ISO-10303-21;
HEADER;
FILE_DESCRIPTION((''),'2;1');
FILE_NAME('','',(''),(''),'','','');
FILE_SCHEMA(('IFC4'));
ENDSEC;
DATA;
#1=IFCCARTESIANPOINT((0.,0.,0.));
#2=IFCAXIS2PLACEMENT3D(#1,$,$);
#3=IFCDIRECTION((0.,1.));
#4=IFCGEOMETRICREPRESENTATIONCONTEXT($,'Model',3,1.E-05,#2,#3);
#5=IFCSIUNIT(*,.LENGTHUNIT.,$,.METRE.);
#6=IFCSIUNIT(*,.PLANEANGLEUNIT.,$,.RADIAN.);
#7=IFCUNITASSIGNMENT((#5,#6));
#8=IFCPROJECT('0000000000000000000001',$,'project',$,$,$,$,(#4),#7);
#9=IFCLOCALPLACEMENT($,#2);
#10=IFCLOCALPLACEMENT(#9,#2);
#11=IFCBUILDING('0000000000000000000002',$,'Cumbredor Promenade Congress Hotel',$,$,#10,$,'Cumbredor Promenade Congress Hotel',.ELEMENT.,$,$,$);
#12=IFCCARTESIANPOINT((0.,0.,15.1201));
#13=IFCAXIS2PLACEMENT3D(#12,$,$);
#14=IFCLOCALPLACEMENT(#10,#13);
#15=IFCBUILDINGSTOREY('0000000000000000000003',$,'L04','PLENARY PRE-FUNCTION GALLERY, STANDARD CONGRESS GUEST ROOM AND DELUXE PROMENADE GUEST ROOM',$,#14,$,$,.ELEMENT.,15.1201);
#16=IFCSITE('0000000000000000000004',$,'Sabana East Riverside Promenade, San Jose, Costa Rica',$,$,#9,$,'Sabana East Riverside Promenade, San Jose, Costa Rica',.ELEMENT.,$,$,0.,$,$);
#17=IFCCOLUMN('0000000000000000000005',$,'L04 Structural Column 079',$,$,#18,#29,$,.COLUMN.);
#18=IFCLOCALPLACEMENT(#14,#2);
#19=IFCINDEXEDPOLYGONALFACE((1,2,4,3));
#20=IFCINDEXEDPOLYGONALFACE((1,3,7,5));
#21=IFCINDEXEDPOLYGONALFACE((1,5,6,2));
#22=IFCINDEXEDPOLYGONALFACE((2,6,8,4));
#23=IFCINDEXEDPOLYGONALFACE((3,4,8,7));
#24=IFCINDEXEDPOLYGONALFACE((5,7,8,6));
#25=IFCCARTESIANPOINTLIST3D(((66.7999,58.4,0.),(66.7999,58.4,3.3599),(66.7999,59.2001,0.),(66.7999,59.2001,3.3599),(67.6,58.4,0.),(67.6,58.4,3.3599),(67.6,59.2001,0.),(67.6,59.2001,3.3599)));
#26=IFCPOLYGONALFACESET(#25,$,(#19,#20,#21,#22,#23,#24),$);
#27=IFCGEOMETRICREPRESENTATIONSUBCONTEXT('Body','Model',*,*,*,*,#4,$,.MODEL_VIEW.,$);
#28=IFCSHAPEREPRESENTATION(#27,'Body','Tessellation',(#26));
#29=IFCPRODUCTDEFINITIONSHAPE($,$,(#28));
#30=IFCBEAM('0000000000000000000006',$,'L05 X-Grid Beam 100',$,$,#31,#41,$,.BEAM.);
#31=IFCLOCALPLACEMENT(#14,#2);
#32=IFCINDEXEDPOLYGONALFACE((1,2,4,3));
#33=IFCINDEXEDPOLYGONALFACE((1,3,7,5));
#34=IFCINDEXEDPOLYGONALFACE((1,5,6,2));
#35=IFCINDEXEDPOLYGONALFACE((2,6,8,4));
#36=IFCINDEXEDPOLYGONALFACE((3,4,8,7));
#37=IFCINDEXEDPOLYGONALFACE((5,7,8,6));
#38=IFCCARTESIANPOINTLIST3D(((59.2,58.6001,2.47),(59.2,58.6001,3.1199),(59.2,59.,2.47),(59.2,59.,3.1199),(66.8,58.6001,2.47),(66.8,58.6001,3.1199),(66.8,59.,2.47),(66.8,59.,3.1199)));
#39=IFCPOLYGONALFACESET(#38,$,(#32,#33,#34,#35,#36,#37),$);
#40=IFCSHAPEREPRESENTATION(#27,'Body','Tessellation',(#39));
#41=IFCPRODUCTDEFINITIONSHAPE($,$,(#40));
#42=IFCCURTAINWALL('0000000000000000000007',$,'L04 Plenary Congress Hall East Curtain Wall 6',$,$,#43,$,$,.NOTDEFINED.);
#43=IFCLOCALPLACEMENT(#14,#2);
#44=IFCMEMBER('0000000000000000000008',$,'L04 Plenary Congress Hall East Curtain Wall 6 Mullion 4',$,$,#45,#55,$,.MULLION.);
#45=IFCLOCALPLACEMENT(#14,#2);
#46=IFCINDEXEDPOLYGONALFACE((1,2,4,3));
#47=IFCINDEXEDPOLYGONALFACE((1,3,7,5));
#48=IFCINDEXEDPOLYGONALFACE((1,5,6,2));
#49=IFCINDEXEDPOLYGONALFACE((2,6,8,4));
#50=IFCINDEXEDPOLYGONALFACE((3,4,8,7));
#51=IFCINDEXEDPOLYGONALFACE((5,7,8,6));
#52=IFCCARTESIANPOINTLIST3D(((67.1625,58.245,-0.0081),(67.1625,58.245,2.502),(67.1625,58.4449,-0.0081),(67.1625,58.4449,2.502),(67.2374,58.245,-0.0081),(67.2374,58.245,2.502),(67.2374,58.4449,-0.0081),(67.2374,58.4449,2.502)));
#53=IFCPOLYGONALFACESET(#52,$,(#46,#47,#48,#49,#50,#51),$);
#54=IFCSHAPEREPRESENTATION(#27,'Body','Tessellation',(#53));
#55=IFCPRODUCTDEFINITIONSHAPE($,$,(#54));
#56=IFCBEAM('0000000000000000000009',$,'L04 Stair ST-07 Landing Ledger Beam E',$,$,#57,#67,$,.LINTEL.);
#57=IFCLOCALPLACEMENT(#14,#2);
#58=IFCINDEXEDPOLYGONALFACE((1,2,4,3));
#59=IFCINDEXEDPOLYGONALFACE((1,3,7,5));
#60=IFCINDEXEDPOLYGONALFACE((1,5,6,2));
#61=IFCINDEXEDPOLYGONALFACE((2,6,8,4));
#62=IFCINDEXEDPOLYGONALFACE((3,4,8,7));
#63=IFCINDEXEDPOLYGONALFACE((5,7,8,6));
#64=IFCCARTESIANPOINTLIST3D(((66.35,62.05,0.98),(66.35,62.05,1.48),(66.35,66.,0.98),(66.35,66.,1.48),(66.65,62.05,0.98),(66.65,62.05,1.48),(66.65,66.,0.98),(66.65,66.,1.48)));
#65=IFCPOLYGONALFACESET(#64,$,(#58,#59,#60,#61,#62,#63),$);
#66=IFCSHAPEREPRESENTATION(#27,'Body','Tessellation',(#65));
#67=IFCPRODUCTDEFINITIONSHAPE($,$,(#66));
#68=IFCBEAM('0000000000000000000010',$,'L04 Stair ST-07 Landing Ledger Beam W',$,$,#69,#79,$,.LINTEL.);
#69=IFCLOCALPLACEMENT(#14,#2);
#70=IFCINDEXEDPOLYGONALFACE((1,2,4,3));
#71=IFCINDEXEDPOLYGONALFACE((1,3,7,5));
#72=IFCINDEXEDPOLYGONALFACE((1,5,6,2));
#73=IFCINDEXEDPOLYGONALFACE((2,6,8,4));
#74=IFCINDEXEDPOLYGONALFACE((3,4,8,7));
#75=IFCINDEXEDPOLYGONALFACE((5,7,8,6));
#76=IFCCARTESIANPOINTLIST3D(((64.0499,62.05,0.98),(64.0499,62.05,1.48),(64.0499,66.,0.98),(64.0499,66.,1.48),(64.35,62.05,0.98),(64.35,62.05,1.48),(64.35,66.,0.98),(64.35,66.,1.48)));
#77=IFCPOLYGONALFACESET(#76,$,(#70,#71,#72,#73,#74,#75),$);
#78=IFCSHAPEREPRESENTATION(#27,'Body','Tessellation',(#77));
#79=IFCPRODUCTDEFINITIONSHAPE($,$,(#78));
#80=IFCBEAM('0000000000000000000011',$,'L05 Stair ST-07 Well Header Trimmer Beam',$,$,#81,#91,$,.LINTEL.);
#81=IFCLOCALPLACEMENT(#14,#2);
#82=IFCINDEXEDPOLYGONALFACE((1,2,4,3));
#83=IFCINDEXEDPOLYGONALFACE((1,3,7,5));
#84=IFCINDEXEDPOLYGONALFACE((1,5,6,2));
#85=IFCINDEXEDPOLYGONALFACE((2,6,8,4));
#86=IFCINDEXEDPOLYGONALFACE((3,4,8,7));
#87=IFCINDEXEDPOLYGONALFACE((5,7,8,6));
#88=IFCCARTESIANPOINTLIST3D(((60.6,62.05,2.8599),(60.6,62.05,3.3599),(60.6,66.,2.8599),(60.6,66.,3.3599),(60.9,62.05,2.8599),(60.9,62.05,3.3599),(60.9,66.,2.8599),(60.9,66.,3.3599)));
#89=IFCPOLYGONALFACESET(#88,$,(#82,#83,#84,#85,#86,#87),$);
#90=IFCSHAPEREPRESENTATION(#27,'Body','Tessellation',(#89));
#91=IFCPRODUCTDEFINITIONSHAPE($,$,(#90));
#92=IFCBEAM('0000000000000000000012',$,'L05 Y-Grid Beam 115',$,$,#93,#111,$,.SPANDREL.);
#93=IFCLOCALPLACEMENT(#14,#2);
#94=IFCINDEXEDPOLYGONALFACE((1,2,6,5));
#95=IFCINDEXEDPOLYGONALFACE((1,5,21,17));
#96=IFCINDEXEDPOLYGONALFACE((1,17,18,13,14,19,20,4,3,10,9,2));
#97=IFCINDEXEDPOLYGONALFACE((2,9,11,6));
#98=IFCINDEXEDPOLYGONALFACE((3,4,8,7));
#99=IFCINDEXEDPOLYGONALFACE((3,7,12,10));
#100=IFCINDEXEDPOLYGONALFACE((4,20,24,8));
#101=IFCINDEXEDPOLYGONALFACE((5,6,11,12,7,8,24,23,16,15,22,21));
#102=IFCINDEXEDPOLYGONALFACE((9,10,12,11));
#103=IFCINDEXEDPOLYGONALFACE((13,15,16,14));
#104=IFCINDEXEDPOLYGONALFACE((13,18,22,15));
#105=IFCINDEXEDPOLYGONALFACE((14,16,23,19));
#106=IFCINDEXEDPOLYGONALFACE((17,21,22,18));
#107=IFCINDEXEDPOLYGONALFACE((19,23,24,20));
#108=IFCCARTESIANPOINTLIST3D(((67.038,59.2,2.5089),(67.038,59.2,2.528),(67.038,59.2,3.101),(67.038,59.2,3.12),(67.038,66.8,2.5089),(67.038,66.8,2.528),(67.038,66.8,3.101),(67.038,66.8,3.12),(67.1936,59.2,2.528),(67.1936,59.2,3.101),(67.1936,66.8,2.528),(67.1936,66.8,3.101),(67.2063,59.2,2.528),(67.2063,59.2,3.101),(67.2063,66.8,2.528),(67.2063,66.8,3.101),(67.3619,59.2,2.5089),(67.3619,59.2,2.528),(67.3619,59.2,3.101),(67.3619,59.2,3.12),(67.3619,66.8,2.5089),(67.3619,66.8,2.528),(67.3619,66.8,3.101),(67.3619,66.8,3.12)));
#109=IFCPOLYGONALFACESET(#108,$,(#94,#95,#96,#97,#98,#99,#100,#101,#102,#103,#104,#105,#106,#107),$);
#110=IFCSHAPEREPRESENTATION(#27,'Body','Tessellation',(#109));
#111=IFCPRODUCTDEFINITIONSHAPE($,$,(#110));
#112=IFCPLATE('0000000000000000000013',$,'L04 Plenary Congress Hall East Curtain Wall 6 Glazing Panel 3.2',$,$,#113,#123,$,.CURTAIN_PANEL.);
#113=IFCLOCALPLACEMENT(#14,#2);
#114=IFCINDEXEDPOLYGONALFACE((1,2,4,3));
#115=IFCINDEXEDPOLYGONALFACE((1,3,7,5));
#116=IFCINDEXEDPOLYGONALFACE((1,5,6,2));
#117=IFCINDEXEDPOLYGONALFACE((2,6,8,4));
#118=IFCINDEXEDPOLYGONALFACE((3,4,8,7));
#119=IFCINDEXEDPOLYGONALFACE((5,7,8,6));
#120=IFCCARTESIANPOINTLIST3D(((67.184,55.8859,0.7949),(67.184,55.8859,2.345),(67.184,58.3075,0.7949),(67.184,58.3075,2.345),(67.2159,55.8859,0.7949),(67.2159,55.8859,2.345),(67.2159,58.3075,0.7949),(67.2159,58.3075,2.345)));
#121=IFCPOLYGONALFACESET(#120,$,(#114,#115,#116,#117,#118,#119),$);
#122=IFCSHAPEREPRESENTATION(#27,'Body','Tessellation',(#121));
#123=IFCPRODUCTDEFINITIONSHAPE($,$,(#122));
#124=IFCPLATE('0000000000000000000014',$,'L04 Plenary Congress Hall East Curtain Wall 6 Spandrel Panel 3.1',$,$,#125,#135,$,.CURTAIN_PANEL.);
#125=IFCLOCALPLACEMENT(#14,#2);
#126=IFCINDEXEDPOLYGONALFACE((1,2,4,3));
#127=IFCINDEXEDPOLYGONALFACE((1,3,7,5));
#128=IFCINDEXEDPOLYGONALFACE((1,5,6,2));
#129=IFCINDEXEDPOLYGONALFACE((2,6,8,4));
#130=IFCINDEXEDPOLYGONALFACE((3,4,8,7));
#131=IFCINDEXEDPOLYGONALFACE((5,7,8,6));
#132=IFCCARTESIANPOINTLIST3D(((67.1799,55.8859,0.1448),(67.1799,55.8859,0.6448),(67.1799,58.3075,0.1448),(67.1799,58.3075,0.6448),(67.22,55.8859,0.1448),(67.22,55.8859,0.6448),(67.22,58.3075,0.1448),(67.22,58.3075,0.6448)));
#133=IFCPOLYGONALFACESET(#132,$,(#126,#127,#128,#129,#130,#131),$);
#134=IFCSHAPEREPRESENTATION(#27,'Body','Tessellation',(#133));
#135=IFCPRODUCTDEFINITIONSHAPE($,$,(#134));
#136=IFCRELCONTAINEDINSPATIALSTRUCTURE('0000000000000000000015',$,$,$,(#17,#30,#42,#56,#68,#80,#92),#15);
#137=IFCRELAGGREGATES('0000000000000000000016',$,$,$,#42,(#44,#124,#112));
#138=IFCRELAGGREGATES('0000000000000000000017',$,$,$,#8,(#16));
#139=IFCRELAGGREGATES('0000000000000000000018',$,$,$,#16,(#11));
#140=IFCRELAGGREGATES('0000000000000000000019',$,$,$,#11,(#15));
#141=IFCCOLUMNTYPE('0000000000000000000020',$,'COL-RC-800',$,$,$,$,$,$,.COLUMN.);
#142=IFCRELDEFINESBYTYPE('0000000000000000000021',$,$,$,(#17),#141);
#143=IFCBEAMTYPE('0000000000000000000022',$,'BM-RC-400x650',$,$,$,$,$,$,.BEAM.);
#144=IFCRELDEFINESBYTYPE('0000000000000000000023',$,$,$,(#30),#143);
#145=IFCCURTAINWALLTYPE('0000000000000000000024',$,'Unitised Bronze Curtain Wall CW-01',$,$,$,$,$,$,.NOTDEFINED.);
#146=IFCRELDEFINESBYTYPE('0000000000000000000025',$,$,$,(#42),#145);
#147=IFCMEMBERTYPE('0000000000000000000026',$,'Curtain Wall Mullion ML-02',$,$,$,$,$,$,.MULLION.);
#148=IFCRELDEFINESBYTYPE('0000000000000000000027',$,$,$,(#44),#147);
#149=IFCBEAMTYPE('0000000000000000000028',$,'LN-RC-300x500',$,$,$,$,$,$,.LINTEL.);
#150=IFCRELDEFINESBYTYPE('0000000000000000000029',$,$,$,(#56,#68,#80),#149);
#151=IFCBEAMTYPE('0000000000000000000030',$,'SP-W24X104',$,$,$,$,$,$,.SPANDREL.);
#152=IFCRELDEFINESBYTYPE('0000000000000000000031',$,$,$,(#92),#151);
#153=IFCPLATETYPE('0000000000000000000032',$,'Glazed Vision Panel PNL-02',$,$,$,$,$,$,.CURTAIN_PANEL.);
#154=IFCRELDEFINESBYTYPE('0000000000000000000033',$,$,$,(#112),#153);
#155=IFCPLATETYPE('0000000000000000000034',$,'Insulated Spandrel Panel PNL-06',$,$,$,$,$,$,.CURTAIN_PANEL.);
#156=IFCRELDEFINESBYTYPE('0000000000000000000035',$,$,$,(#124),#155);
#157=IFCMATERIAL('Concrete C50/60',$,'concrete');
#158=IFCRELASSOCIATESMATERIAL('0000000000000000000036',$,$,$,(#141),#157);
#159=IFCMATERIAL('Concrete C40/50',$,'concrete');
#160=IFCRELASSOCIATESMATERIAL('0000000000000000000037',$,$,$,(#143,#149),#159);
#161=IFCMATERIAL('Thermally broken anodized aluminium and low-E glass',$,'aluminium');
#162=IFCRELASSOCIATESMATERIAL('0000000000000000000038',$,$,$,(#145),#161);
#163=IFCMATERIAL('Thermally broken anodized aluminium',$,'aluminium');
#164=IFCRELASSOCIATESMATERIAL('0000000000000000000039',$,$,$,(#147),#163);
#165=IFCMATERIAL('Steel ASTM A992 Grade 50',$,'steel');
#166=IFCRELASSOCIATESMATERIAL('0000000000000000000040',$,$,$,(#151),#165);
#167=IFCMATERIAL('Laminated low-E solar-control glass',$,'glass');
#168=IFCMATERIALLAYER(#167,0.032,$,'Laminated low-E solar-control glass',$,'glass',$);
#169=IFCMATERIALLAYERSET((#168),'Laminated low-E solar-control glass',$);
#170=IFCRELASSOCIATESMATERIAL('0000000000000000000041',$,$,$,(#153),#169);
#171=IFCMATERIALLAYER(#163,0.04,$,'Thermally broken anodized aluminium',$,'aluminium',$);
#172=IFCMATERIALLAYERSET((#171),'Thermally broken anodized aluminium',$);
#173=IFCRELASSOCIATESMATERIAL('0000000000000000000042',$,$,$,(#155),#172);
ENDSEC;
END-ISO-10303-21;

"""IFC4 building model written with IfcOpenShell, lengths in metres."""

from ifc_helpers import new_model, si_unit, direction, frame, origin, origin_2d, place, context, subcontext, project, spatial, rectangle, i_section, extrude, material, layer, layer_set, material_profile, profile_set, type_object, element, aggregate, save


model = new_model("IFC4")

# Units and contexts
model_context = context("Model", 3, precision=1e-05, world=origin(), true_north=direction((0.0, 1.0)))
body_context = subcontext(model_context, "Body", "Model", "MODEL_VIEW")
ifc_project = project(units=[si_unit("LENGTHUNIT", "METRE"), si_unit("PLANEANGLEUNIT", "RADIAN")], contexts=[model_context])

# Site, building, storey
site_placement = place(None, origin())
site = spatial("IfcSite", under=ifc_project, at=site_placement, Name="Sabana East Riverside Promenade, San Jose, Costa Rica", LongName="Sabana East Riverside Promenade, San Jose, Costa Rica", CompositionType="ELEMENT", RefElevation=0.0)
building_placement = place(site_placement, origin())
building = spatial("IfcBuilding", under=site, at=building_placement, Name="Cumbredor Promenade Congress Hotel", LongName="Cumbredor Promenade Congress Hotel", CompositionType="ELEMENT")
storey_placement = place(building_placement, frame((0.0, 0.0, 15.1201)))
storey = spatial("IfcBuildingStorey", under=building, at=storey_placement, Name="L04", Description="PLENARY PRE-FUNCTION GALLERY, STANDARD CONGRESS GUEST ROOM AND DELUXE PROMENADE GUEST ROOM", CompositionType="ELEMENT", Elevation=15.1201)

# Column
ifc_material_1 = material(Name="Concrete C50/60", Category="concrete")
ifc_material_profile_1 = material_profile(ifc_material_1, rectangle(XDim=0.8, YDim=0.8, at=origin_2d()), Name="RC 800x800")
ifc_profile_set_1 = profile_set([ifc_material_profile_1], Name="Concrete C50/60")
column_type = type_object("IfcColumnType", Name="COL-RC-800", PredefinedType="COLUMN", material=ifc_profile_set_1)
column_placement = place(storey_placement, frame((67.2, 58.8, 0.0), z_axis=(0.0, 0.0, 1.0), x_axis=(1.0, 0.0, 0.0)))
element("IfcColumn", 1, at=column_placement, inside=storey, type_object=column_type, Name="L04 Structural Column 079", PredefinedType="COLUMN", context=body_context, shape_type="SweptSolid", body=[
    extrude(rectangle(XDim=0.8, YDim=0.8, at=origin_2d()), origin(), (0.0, 0.0, 1.0), 3.3599),
])

# Beam
ifc_material_2 = material(Name="Concrete C40/50", Category="concrete")
ifc_material_profile_2 = material_profile(ifc_material_2, rectangle(XDim=0.3999, YDim=0.6499, at=origin_2d()), Name="RC BEAM 400x650")
ifc_profile_set_2 = profile_set([ifc_material_profile_2], Name="Concrete C40/50")
beam_type_1 = type_object("IfcBeamType", Name="BM-RC-400x650", PredefinedType="BEAM", material=ifc_profile_set_2)
beam_1_placement = place(storey_placement, frame((59.2, 58.8, 2.7949), z_axis=(1.0, 0.0, 0.0), x_axis=(0.0, 1.0, 0.0)))
element("IfcBeam", 2, at=beam_1_placement, inside=storey, type_object=beam_type_1, Name="L05 X-Grid Beam 100", PredefinedType="BEAM", context=body_context, shape_type="SweptSolid", body=[
    extrude(rectangle(XDim=0.3999, YDim=0.6499, at=origin_2d()), origin(), (0.0, 0.0, 1.0), 7.6001),
])

# Curtain wall, member
ifc_material_3 = material(Name="Thermally broken anodized aluminium and low-E glass", Category="aluminium")
curtain_wall_type = type_object("IfcCurtainWallType", Name="Unitised Bronze Curtain Wall CW-01", PredefinedType="NOTDEFINED", material=ifc_material_3)
curtain_wall_placement = place(storey_placement, origin())
curtain_wall = element("IfcCurtainWall", 3, at=curtain_wall_placement, inside=storey, type_object=curtain_wall_type, Name="L04 Plenary Congress Hall East Curtain Wall 6", PredefinedType="NOTDEFINED")
ifc_material_4 = material(Name="Thermally broken anodized aluminium", Category="aluminium")
ifc_material_profile_3 = material_profile(ifc_material_4, rectangle(XDim=0.075, YDim=0.2, at=origin_2d()), Name="ALU MULLION 75x200")
ifc_profile_set_3 = profile_set([ifc_material_profile_3], Name="Thermally broken anodized aluminium")
member_type = type_object("IfcMemberType", Name="Curtain Wall Mullion ML-02", PredefinedType="MULLION", material=ifc_profile_set_3)
member_placement = place(storey_placement, frame((67.2, 58.345, -0.0081), z_axis=(0.0, 0.0, 1.0), x_axis=(1.0, 0.0, 0.0)))
member = element("IfcMember", 4, at=member_placement, type_object=member_type, Name="L04 Plenary Congress Hall East Curtain Wall 6 Mullion 4", PredefinedType="MULLION", context=body_context, shape_type="SweptSolid", body=[
    extrude(rectangle(XDim=0.075, YDim=0.2, at=origin_2d()), origin(), (0.0, 0.0, 1.0), 2.51),
])

# Beams
ifc_material_profile_4 = material_profile(ifc_material_2, rectangle(XDim=0.3, YDim=0.5, at=origin_2d()), Name="RC LINTEL 300x500")
ifc_profile_set_4 = profile_set([ifc_material_profile_4], Name="Concrete C40/50")
beam_type_2 = type_object("IfcBeamType", Name="LN-RC-300x500", PredefinedType="LINTEL", material=ifc_profile_set_4)
for number, where, z_axis, x_axis, name in (
    (5, (66.5, 62.05, 1.23), (0.0, 1.0, 0.0), (-1.0, 0.0, 0.0), "L04 Stair ST-07 Landing Ledger Beam E"),
    (6, (64.2, 62.05, 1.23), (0.0, 1.0, 0.0), (-1.0, 0.0, 0.0), "L04 Stair ST-07 Landing Ledger Beam W"),
    (7, (60.75, 62.05, 3.1099), (0.0, 1.0, 0.0), (-1.0, 0.0, 0.0), "L05 Stair ST-07 Well Header Trimmer Beam"),
):
    element("IfcBeam", number, at=place(storey_placement, frame(where, z_axis=z_axis, x_axis=x_axis)), inside=storey, type_object=beam_type_2, Name=name, PredefinedType="LINTEL", context=body_context, shape_type="SweptSolid", body=[
        extrude(rectangle(XDim=0.3, YDim=0.5, at=origin_2d()), origin(), (0.0, 0.0, 1.0), 3.95),
    ])
ifc_material_5 = material(Name="Steel ASTM A992 Grade 50", Category="steel")
ifc_material_profile_5 = material_profile(ifc_material_5, i_section(OverallWidth=0.324, OverallDepth=0.6111, WebThickness=0.0127, FlangeThickness=0.019, at=origin_2d()), Name="W24X104")
ifc_profile_set_5 = profile_set([ifc_material_profile_5], Name="Steel ASTM A992 Grade 50")
beam_type_3 = type_object("IfcBeamType", Name="SP-W24X104", PredefinedType="SPANDREL", material=ifc_profile_set_5)
beam_2_placement = place(storey_placement, frame((67.2, 59.2, 2.8145), z_axis=(0.0, 1.0, 0.0), x_axis=(-1.0, 0.0, 0.0)))
element("IfcBeam", 8, at=beam_2_placement, inside=storey, type_object=beam_type_3, Name="L05 Y-Grid Beam 115", PredefinedType="SPANDREL", context=body_context, shape_type="SweptSolid", body=[
    extrude(i_section(OverallWidth=0.324, OverallDepth=0.6111, WebThickness=0.0127, FlangeThickness=0.019, at=origin_2d()), origin(), (0.0, 0.0, 1.0), 7.6001),
])

# Plates
ifc_material_6 = material(Name="Laminated low-E solar-control glass", Category="glass")
ifc_layer_1 = layer(ifc_material_6, 0.032, Name="Laminated low-E solar-control glass", Category="glass")
ifc_layer_set_1 = layer_set([ifc_layer_1], Name="Laminated low-E solar-control glass")
plate_type_1 = type_object("IfcPlateType", Name="Glazed Vision Panel PNL-02", PredefinedType="CURTAIN_PANEL", material=ifc_layer_set_1)
plate_1_placement = place(storey_placement, frame((67.2, 57.0967, 0.7949), z_axis=(0.0, 0.0, 1.0), x_axis=(0.0, 1.0, 0.0)))
plate_1 = element("IfcPlate", 9, at=plate_1_placement, type_object=plate_type_1, Name="L04 Plenary Congress Hall East Curtain Wall 6 Glazing Panel 3.2", PredefinedType="CURTAIN_PANEL", context=body_context, shape_type="SweptSolid", body=[
    extrude(rectangle(XDim=2.4216, YDim=0.032, at=origin_2d()), origin(), (0.0, 0.0, 1.0), 1.55),
])
ifc_layer_2 = layer(ifc_material_4, 0.04, Name="Thermally broken anodized aluminium", Category="aluminium")
ifc_layer_set_2 = layer_set([ifc_layer_2], Name="Thermally broken anodized aluminium")
plate_type_2 = type_object("IfcPlateType", Name="Insulated Spandrel Panel PNL-06", PredefinedType="CURTAIN_PANEL", material=ifc_layer_set_2)
plate_2_placement = place(storey_placement, frame((67.2, 57.0967, 0.1448), z_axis=(0.0, 0.0, 1.0), x_axis=(0.0, 1.0, 0.0)))
plate_2 = element("IfcPlate", 10, at=plate_2_placement, type_object=plate_type_2, Name="L04 Plenary Congress Hall East Curtain Wall 6 Spandrel Panel 3.1", PredefinedType="CURTAIN_PANEL", context=body_context, shape_type="SweptSolid", body=[
    extrude(rectangle(XDim=2.4216, YDim=0.04, at=origin_2d()), origin(), (0.0, 0.0, 1.0), 0.5),
])
aggregate(curtain_wall, [member, plate_2, plate_1])

save(model, "model.ifc")
